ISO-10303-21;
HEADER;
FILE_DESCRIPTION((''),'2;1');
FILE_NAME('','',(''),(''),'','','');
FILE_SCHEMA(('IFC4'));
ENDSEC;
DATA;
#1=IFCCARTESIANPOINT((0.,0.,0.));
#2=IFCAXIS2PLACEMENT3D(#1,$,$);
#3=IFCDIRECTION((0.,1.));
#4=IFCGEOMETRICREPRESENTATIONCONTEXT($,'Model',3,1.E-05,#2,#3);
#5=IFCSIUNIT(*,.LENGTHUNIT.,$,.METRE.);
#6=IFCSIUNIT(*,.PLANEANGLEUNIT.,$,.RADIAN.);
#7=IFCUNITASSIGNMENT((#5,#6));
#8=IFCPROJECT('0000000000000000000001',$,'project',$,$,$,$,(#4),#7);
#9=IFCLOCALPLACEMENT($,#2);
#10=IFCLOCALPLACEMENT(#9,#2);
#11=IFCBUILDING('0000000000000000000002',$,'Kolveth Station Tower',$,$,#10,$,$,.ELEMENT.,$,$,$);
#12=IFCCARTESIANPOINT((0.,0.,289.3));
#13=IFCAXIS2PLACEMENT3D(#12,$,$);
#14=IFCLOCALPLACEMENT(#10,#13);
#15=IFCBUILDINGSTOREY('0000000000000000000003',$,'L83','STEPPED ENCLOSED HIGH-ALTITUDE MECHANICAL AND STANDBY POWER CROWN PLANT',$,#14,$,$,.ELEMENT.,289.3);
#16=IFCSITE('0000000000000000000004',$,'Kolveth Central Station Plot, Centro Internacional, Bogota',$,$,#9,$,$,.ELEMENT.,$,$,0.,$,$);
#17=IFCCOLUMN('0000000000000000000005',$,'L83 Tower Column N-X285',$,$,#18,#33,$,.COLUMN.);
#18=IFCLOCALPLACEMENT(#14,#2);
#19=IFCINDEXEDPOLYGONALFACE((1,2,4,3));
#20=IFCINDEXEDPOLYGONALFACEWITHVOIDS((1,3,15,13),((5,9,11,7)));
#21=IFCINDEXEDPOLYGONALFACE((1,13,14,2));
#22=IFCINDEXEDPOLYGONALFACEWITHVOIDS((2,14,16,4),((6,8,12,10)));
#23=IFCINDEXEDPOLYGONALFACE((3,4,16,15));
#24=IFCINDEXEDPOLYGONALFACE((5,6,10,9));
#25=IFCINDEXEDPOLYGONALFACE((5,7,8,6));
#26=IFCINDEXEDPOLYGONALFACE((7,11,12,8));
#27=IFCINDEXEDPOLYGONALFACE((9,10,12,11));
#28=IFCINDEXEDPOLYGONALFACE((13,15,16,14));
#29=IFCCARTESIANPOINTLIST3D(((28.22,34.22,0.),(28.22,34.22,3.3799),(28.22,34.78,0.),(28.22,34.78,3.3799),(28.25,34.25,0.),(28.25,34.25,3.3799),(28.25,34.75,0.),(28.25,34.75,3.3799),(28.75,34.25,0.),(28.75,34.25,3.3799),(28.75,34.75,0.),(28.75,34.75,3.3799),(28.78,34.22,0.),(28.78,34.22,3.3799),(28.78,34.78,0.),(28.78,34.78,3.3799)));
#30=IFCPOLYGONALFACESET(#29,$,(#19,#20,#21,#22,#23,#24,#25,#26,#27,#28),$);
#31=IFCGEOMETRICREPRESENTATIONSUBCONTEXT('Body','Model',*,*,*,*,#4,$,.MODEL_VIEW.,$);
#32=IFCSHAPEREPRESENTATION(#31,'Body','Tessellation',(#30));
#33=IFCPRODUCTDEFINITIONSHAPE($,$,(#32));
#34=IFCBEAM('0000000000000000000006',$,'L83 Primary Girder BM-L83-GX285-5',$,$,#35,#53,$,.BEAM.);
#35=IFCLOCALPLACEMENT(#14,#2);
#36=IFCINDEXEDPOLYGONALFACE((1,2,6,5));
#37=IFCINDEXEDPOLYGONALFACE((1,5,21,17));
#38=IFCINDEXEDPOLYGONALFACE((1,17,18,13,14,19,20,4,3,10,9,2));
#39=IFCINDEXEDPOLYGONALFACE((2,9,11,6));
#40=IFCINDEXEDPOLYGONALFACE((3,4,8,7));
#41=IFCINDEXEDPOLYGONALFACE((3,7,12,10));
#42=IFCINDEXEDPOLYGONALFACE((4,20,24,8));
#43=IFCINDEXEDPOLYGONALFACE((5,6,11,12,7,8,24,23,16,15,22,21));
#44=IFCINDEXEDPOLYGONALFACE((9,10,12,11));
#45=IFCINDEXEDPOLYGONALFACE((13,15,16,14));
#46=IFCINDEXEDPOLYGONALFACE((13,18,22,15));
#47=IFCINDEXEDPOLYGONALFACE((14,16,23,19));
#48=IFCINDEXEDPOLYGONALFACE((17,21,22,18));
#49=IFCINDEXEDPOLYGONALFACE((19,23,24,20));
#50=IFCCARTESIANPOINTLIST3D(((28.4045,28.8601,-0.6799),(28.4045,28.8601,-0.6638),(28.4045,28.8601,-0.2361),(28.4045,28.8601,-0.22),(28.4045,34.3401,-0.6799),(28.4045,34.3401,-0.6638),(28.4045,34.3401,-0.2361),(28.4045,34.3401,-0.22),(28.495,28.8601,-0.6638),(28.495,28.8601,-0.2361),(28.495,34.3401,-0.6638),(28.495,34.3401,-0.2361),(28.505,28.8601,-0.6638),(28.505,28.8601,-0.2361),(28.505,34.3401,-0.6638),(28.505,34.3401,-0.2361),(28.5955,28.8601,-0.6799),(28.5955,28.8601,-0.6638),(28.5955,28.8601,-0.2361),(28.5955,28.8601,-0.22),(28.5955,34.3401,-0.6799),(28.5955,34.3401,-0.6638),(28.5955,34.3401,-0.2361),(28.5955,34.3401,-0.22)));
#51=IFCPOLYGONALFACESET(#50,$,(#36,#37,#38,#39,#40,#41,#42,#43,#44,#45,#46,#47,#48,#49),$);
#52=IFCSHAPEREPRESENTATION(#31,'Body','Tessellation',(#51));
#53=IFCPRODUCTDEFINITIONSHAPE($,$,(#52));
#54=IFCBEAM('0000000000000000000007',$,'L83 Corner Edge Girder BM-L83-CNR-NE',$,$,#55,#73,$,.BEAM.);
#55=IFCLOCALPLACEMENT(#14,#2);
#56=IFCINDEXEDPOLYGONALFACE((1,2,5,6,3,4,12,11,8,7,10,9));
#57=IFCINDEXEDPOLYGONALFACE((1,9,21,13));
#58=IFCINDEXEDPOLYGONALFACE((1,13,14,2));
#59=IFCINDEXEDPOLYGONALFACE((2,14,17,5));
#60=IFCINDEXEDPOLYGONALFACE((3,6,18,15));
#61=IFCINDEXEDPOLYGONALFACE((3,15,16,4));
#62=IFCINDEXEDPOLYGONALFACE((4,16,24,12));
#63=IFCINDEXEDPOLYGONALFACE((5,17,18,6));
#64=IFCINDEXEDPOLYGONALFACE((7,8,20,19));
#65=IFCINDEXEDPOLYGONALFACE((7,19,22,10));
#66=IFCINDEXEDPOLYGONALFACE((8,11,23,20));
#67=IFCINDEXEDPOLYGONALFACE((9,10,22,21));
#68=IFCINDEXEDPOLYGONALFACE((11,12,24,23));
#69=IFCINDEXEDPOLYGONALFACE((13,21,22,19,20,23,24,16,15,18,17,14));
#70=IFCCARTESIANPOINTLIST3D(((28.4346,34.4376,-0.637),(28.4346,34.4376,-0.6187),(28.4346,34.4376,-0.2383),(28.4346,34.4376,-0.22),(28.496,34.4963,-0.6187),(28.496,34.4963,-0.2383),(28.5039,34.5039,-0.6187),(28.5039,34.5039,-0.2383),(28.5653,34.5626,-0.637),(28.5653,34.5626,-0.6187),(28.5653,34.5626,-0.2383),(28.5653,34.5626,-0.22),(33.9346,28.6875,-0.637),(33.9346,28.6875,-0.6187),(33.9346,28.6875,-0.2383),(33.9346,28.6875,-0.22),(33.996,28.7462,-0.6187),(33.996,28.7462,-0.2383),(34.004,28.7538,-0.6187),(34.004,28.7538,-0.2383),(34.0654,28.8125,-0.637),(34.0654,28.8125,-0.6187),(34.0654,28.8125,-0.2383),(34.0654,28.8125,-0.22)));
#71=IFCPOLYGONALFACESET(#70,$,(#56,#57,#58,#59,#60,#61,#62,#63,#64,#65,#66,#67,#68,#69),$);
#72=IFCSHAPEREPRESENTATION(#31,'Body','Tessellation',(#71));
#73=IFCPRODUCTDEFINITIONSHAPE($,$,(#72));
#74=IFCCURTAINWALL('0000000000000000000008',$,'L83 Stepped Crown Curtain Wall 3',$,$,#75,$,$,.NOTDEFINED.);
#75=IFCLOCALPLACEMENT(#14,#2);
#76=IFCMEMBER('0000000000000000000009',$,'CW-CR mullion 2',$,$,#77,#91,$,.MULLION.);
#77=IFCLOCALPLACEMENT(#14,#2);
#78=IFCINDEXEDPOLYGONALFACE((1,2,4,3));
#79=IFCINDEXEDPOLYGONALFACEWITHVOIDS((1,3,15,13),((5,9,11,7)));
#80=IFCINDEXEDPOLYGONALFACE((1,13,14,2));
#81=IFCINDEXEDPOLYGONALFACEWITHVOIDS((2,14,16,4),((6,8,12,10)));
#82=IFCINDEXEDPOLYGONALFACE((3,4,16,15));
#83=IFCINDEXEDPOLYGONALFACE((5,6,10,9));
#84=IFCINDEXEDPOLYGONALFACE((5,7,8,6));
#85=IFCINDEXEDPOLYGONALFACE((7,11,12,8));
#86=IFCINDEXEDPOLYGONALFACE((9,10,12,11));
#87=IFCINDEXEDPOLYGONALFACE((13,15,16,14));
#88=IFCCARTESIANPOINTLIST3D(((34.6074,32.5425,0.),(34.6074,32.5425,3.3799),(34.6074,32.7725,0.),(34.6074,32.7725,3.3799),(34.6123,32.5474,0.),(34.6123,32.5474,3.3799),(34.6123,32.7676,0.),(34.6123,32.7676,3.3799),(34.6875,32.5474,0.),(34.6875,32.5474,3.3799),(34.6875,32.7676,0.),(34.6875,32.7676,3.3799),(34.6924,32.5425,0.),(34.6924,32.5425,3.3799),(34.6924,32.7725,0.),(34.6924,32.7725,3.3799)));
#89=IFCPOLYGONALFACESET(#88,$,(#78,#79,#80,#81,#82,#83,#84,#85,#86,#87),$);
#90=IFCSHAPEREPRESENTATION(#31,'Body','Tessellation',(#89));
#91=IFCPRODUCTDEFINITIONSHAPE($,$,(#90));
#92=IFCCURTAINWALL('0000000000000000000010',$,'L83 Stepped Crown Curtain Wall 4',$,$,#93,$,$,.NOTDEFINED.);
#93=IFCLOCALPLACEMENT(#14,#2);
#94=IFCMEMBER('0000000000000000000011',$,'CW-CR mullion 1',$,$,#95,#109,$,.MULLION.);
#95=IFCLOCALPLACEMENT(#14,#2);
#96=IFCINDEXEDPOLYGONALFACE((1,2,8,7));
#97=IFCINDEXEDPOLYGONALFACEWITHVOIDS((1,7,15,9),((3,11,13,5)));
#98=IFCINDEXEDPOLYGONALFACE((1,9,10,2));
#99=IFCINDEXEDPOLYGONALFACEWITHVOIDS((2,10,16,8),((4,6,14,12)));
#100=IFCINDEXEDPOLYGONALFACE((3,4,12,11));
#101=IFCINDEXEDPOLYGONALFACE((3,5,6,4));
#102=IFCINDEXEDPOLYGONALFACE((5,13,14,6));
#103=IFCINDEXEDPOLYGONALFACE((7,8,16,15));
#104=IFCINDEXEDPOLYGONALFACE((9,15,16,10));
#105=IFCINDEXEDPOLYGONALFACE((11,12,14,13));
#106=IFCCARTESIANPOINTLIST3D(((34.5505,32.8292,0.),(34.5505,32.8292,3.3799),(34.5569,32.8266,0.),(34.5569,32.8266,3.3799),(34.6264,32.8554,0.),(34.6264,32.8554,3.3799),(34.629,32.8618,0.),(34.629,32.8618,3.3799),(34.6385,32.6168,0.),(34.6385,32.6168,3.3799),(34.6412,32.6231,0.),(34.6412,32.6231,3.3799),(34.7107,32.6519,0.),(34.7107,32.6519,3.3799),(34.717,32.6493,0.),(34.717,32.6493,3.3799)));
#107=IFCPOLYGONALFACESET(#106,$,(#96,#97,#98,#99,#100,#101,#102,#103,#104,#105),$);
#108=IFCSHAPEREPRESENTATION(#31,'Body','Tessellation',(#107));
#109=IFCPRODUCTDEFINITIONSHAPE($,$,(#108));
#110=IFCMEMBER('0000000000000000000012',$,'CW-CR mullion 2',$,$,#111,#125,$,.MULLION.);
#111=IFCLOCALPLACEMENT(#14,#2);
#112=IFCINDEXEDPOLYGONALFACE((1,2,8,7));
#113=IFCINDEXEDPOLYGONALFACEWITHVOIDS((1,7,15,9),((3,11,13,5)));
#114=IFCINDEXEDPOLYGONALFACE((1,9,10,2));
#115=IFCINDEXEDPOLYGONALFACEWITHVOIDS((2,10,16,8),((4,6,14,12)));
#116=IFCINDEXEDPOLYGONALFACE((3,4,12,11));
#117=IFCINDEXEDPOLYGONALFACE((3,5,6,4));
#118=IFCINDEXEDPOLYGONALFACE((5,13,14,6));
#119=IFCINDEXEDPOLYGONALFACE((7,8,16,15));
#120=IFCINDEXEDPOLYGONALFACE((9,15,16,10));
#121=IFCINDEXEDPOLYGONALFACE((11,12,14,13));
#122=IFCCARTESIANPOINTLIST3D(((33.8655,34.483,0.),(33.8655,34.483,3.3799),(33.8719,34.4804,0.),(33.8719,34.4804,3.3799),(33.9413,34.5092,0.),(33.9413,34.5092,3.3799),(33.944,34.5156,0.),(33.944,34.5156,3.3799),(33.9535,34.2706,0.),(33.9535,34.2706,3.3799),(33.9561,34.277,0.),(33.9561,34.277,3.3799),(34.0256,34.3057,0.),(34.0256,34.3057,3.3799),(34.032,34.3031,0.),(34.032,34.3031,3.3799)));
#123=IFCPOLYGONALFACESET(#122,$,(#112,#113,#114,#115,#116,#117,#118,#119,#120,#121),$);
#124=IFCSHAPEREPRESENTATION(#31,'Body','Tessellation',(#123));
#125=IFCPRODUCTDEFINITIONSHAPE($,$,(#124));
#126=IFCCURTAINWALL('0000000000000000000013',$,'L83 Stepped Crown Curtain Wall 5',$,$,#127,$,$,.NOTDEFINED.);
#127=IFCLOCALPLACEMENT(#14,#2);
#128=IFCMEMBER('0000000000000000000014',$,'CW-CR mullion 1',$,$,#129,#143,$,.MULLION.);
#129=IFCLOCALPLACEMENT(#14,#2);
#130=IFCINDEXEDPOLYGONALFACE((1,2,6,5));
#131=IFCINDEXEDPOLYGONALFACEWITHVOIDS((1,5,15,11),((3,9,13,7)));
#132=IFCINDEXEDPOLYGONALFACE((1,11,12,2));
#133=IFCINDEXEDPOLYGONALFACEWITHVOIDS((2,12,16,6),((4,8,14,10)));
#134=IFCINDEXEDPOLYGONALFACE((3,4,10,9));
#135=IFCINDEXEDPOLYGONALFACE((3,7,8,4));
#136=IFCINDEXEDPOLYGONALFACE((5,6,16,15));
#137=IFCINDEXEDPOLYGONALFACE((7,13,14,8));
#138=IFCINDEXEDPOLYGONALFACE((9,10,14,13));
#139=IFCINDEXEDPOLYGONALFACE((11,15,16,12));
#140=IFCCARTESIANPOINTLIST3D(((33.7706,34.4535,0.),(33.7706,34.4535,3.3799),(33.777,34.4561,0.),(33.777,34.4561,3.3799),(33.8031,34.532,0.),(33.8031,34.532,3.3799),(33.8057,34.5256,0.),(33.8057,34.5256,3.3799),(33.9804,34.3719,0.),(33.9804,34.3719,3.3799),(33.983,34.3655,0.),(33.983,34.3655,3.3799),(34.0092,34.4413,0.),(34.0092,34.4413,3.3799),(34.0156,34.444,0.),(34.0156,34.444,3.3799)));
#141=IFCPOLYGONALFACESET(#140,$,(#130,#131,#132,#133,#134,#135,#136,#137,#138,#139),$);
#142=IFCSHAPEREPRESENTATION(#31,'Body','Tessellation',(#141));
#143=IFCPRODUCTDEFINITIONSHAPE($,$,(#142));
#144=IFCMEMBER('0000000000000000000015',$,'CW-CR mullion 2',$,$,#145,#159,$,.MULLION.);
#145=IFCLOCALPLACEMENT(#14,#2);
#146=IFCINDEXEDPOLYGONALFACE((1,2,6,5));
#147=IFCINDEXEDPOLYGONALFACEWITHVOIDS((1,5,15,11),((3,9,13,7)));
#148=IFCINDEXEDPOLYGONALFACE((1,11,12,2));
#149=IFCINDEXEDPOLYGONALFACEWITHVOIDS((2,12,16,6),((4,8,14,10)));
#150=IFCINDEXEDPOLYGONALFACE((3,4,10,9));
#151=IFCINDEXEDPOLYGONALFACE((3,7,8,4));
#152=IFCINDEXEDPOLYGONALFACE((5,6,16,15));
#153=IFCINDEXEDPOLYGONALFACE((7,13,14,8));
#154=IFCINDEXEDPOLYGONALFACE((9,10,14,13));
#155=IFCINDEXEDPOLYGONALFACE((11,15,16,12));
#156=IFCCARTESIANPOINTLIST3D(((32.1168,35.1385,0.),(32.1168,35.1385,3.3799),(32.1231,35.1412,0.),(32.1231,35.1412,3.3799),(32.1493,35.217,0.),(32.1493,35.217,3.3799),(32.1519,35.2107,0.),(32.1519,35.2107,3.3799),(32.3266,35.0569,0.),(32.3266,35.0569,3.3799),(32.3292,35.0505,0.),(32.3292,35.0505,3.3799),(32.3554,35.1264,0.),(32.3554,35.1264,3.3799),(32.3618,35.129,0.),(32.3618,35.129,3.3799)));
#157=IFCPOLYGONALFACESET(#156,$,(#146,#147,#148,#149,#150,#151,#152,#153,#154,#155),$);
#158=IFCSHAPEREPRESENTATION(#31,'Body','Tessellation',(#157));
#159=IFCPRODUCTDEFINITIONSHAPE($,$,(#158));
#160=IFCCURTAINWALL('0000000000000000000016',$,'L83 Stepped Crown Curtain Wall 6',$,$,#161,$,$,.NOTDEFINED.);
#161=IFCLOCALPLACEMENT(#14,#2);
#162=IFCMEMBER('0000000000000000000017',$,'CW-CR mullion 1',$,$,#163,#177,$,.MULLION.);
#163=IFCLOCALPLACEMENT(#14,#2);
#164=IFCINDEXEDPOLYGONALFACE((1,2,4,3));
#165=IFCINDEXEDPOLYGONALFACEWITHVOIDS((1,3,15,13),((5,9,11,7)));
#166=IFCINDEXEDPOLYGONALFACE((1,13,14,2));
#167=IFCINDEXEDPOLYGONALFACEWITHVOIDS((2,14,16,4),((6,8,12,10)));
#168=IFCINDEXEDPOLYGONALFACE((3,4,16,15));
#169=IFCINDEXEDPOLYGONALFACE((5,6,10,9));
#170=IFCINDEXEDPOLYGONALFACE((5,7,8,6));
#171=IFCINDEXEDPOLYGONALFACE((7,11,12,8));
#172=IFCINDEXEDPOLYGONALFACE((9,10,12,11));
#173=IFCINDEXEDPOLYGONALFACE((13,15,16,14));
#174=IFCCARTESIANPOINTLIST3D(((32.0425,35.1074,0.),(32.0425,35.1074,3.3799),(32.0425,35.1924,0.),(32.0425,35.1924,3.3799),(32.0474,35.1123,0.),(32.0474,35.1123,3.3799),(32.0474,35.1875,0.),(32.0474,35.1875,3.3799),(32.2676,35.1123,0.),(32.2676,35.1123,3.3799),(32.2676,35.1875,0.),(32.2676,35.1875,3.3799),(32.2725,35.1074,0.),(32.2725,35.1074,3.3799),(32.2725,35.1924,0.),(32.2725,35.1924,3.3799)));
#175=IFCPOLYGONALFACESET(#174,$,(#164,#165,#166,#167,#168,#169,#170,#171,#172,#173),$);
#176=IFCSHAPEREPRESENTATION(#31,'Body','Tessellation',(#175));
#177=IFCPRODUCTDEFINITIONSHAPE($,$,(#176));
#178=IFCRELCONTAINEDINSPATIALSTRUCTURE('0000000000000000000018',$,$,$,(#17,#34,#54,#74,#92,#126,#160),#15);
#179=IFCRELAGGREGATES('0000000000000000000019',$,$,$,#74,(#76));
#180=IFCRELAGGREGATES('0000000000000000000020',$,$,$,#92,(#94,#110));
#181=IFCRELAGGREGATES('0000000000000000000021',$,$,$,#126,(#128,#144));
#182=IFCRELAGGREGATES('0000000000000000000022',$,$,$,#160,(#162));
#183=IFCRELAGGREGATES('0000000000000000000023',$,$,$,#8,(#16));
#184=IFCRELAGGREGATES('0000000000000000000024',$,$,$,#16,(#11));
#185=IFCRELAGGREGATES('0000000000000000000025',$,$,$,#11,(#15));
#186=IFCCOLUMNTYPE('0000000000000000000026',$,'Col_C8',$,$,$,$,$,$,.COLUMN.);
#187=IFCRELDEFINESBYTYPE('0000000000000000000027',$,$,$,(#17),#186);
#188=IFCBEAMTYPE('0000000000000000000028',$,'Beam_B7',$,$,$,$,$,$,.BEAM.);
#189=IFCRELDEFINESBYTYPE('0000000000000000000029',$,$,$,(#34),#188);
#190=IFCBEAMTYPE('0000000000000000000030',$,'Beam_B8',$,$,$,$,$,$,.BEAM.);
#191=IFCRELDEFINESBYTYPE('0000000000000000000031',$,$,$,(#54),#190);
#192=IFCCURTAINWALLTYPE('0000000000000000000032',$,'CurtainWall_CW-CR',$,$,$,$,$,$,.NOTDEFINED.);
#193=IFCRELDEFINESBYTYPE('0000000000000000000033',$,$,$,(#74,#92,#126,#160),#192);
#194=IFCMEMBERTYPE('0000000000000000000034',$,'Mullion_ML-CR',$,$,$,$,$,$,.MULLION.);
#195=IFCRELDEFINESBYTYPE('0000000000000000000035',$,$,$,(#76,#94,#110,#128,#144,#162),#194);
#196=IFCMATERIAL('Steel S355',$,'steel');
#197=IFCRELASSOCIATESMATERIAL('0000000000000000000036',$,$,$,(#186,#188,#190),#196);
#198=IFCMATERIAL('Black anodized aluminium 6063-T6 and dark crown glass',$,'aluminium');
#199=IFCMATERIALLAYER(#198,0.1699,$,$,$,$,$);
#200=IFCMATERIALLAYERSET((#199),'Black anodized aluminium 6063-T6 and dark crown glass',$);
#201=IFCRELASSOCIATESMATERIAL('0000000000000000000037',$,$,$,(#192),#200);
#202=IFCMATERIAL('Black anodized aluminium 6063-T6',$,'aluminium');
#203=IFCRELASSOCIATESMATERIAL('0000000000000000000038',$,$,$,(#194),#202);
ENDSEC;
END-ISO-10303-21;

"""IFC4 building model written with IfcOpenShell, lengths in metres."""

from ifc_helpers import new_model, si_unit, direction, frame, origin, origin_2d, place, context, subcontext, project, spatial, hollow_rectangle, i_section, extrude, source, transform, mapped, material, layer, layer_set, material_profile, profile_set, type_object, element, aggregate, save


model = new_model("IFC4")

# Units and contexts
model_context = context("Model", 3, precision=1e-05, world=origin(), true_north=direction((0.0, 1.0)))
body_context = subcontext(model_context, "Body", "Model", "MODEL_VIEW")
ifc_project = project(units=[si_unit("LENGTHUNIT", "METRE"), si_unit("PLANEANGLEUNIT", "RADIAN")], contexts=[model_context])

# Site, building, storey
site_placement = place(None, origin())
site = spatial("IfcSite", under=ifc_project, at=site_placement, Name="Kolveth Central Station Plot, Centro Internacional, Bogota", CompositionType="ELEMENT", RefElevation=0.0)
building_placement = place(site_placement, origin())
building = spatial("IfcBuilding", under=site, at=building_placement, Name="Kolveth Station Tower", CompositionType="ELEMENT")
storey_placement = place(building_placement, frame((0.0, 0.0, 289.3)))
storey = spatial("IfcBuildingStorey", under=building, at=storey_placement, Name="L83", Description="STEPPED ENCLOSED HIGH-ALTITUDE MECHANICAL AND STANDBY POWER CROWN PLANT", CompositionType="ELEMENT", Elevation=289.3)

# Column
ifc_material_1 = material(Name="Steel S355", Category="steel")
ifc_material_profile_1 = material_profile(ifc_material_1, hollow_rectangle(XDim=0.5601, YDim=0.5601, WallThickness=0.03, at=origin_2d()), Name="BOX560x560x30")
ifc_profile_set_1 = profile_set([ifc_material_profile_1], Name="Steel S355")
column_type = type_object("IfcColumnType", Name="Col_C8", PredefinedType="COLUMN", material=ifc_profile_set_1)
shared_shape_1 = source(origin(), body_context, "Body", "SweptSolid", [
    extrude(hollow_rectangle(XDim=0.5601, YDim=0.5601, WallThickness=0.03, at=origin_2d()), origin(), (0.0, 0.0, 1.0), 3.3799),
])
column_placement = place(storey_placement, frame((28.5, 34.5, 0.0), z_axis=(0.0, 0.0, 1.0), x_axis=(1.0, 0.0, 0.0)))
element("IfcColumn", 1, at=column_placement, inside=storey, type_object=column_type, Name="L83 Tower Column N-X285", PredefinedType="COLUMN", context=body_context, shape_type="MappedRepresentation", body=[
    mapped(shared_shape_1, transform((0.0, 0.0, 0.0), x_axis=(1.0, 0.0, 0.0), y_axis=(0.0, 1.0, 0.0), z_axis=(0.0, 0.0, 1.0), scale=1.0)),
])

# Beams
ifc_material_profile_2 = material_profile(ifc_material_1, i_section(OverallWidth=0.1909, OverallDepth=0.46, WebThickness=0.01, FlangeThickness=0.0161, at=origin_2d()), Name="W460x82")
ifc_profile_set_2 = profile_set([ifc_material_profile_2], Name="Steel S355")
beam_type_1 = type_object("IfcBeamType", Name="Beam_B7", PredefinedType="BEAM", material=ifc_profile_set_2)
shared_shape_2 = source(origin(), body_context, "Body", "SweptSolid", [
    extrude(i_section(OverallWidth=0.1909, OverallDepth=0.46, WebThickness=0.01, FlangeThickness=0.0161, at=origin_2d()), origin(), (0.0, 0.0, 1.0), 5.48),
])
beam_1_placement = place(storey_placement, frame((28.5, 28.8601, -0.45), z_axis=(0.0, 1.0, 0.0), x_axis=(-1.0, 0.0, 0.0)))
element("IfcBeam", 2, at=beam_1_placement, inside=storey, type_object=beam_type_1, Name="L83 Primary Girder BM-L83-GX285-5", PredefinedType="BEAM", context=body_context, shape_type="MappedRepresentation", body=[
    mapped(shared_shape_2, transform((0.0, 0.0, 0.0), x_axis=(1.0, 0.0, 0.0), y_axis=(0.0, 1.0, 0.0), z_axis=(0.0, 0.0, 1.0), scale=1.0)),
])
ifc_material_profile_3 = material_profile(ifc_material_1, i_section(OverallWidth=0.1809, OverallDepth=0.417, WebThickness=0.011, FlangeThickness=0.0183, at=origin_2d()), Name="W410x85")
ifc_profile_set_3 = profile_set([ifc_material_profile_3], Name="Steel S355")
beam_type_2 = type_object("IfcBeamType", Name="Beam_B8", PredefinedType="BEAM", material=ifc_profile_set_3)
shared_shape_3 = source(origin(), body_context, "Body", "SweptSolid", [
    extrude(i_section(OverallWidth=0.1809, OverallDepth=0.417, WebThickness=0.011, FlangeThickness=0.0183, at=origin_2d()), origin(), (0.0, 0.0, 1.0), 7.957),
])
beam_2_placement = place(storey_placement, frame((34.0, 28.75, -0.4285), z_axis=(-0.691223, 0.722642, 0.0), x_axis=(-0.722642, -0.691223, 0.0)))
element("IfcBeam", 3, at=beam_2_placement, inside=storey, type_object=beam_type_2, Name="L83 Corner Edge Girder BM-L83-CNR-NE", PredefinedType="BEAM", context=body_context, shape_type="MappedRepresentation", body=[
    mapped(shared_shape_3, transform((0.0, 0.0, 0.0), x_axis=(1.0, 0.0, 0.0), y_axis=(0.0, 1.0, 0.0), z_axis=(0.0, 0.0, 1.0), scale=1.0)),
])

# Curtain wall, member
ifc_material_2 = material(Name="Black anodized aluminium 6063-T6 and dark crown glass", Category="aluminium")
ifc_layer_1 = layer(ifc_material_2, 0.1699)
ifc_layer_set_1 = layer_set([ifc_layer_1], Name="Black anodized aluminium 6063-T6 and dark crown glass")
curtain_wall_type = type_object("IfcCurtainWallType", Name="CurtainWall_CW-CR", PredefinedType="NOTDEFINED", material=ifc_layer_set_1)
curtain_wall_1_placement = place(storey_placement, origin())
curtain_wall_1 = element("IfcCurtainWall", 4, at=curtain_wall_1_placement, inside=storey, type_object=curtain_wall_type, Name="L83 Stepped Crown Curtain Wall 3", PredefinedType="NOTDEFINED")
ifc_material_3 = material(Name="Black anodized aluminium 6063-T6", Category="aluminium")
ifc_material_profile_4 = material_profile(ifc_material_3, hollow_rectangle(XDim=0.085, YDim=0.23, WallThickness=0.0049, at=origin_2d()), Name="ALU-85x230x5")
ifc_profile_set_4 = profile_set([ifc_material_profile_4], Name="Black anodized aluminium 6063-T6")
member_type_1 = type_object("IfcMemberType", Name="Mullion_ML-CR", PredefinedType="MULLION", material=ifc_profile_set_4)
shared_shape_4 = source(origin(), body_context, "Body", "SweptSolid", [
    extrude(hollow_rectangle(XDim=0.085, YDim=0.23, WallThickness=0.0049, at=origin_2d()), origin(), (0.0, 0.0, 1.0), 3.3799),
])
member_1_placement = place(storey_placement, frame((34.6499, 32.6575, 0.0), z_axis=(0.0, 0.0, 1.0), x_axis=(-1.0, 0.0, 0.0)))
member_1 = element("IfcMember", 5, at=member_1_placement, type_object=member_type_1, Name="CW-CR mullion 2", PredefinedType="MULLION", context=body_context, shape_type="MappedRepresentation", body=[
    mapped(shared_shape_4, transform((0.0, 0.0, 0.0), x_axis=(1.0, 0.0, 0.0), y_axis=(0.0, 1.0, 0.0), z_axis=(0.0, 0.0, 1.0), scale=1.0)),
])
aggregate(curtain_wall_1, [member_1])

# Curtain walls, members
curtain_wall_2_placement = place(storey_placement, origin())
curtain_wall_2 = element("IfcCurtainWall", 6, at=curtain_wall_2_placement, inside=storey, type_object=curtain_wall_type, Name="L83 Stepped Crown Curtain Wall 4", PredefinedType="NOTDEFINED")
member_2_placement = place(storey_placement, frame((34.6338, 32.7393, 0.0), z_axis=(0.0, 0.0, 1.0), x_axis=(-0.923876, -0.382691, 0.0)))
member_2 = element("IfcMember", 7, at=member_2_placement, type_object=member_type_1, Name="CW-CR mullion 1", PredefinedType="MULLION", context=body_context, shape_type="MappedRepresentation", body=[
    mapped(shared_shape_4, transform((0.0, 0.0, 0.0), x_axis=(1.0, 0.0, 0.0), y_axis=(0.0, 1.0, 0.0), z_axis=(0.0, 0.0, 1.0), scale=1.0)),
])
member_3_placement = place(storey_placement, frame((33.9487, 34.3931, 0.0), z_axis=(0.0, 0.0, 1.0), x_axis=(-0.923876, -0.382691, 0.0)))
member_3 = element("IfcMember", 8, at=member_3_placement, type_object=member_type_1, Name="CW-CR mullion 2", PredefinedType="MULLION", context=body_context, shape_type="MappedRepresentation", body=[
    mapped(shared_shape_4, transform((0.0, 0.0, 0.0), x_axis=(1.0, 0.0, 0.0), y_axis=(0.0, 1.0, 0.0), z_axis=(0.0, 0.0, 1.0), scale=1.0)),
])
curtain_wall_3_placement = place(storey_placement, origin())
curtain_wall_3 = element("IfcCurtainWall", 9, at=curtain_wall_3_placement, inside=storey, type_object=curtain_wall_type, Name="L83 Stepped Crown Curtain Wall 5", PredefinedType="NOTDEFINED")
member_4_placement = place(storey_placement, frame((33.8931, 34.4487, 0.0), z_axis=(0.0, 0.0, 1.0), x_axis=(-0.382691, -0.923876, 0.0)))
member_4 = element("IfcMember", 10, at=member_4_placement, type_object=member_type_1, Name="CW-CR mullion 1", PredefinedType="MULLION", context=body_context, shape_type="MappedRepresentation", body=[
    mapped(shared_shape_4, transform((0.0, 0.0, 0.0), x_axis=(1.0, 0.0, 0.0), y_axis=(0.0, 1.0, 0.0), z_axis=(0.0, 0.0, 1.0), scale=1.0)),
])
member_5_placement = place(storey_placement, frame((32.2393, 35.1338, 0.0), z_axis=(0.0, 0.0, 1.0), x_axis=(-0.382691, -0.923876, 0.0)))
member_5 = element("IfcMember", 11, at=member_5_placement, type_object=member_type_1, Name="CW-CR mullion 2", PredefinedType="MULLION", context=body_context, shape_type="MappedRepresentation", body=[
    mapped(shared_shape_4, transform((0.0, 0.0, 0.0), x_axis=(1.0, 0.0, 0.0), y_axis=(0.0, 1.0, 0.0), z_axis=(0.0, 0.0, 1.0), scale=1.0)),
])

# Curtain wall, member
curtain_wall_4_placement = place(storey_placement, origin())
curtain_wall_4 = element("IfcCurtainWall", 12, at=curtain_wall_4_placement, inside=storey, type_object=curtain_wall_type, Name="L83 Stepped Crown Curtain Wall 6", PredefinedType="NOTDEFINED")
member_6_placement = place(storey_placement, frame((32.1575, 35.1499, 0.0), z_axis=(0.0, 0.0, 1.0), x_axis=(0.0, -1.0, 0.0)))
member_6 = element("IfcMember", 13, at=member_6_placement, type_object=member_type_1, Name="CW-CR mullion 1", PredefinedType="MULLION", context=body_context, shape_type="MappedRepresentation", body=[
    mapped(shared_shape_4, transform((0.0, 0.0, 0.0), x_axis=(1.0, 0.0, 0.0), y_axis=(0.0, 1.0, 0.0), z_axis=(0.0, 0.0, 1.0), scale=1.0)),
])

aggregate(curtain_wall_2, [member_2, member_3])
aggregate(curtain_wall_3, [member_4, member_5])
aggregate(curtain_wall_4, [member_6])

save(model, "model.ifc")
